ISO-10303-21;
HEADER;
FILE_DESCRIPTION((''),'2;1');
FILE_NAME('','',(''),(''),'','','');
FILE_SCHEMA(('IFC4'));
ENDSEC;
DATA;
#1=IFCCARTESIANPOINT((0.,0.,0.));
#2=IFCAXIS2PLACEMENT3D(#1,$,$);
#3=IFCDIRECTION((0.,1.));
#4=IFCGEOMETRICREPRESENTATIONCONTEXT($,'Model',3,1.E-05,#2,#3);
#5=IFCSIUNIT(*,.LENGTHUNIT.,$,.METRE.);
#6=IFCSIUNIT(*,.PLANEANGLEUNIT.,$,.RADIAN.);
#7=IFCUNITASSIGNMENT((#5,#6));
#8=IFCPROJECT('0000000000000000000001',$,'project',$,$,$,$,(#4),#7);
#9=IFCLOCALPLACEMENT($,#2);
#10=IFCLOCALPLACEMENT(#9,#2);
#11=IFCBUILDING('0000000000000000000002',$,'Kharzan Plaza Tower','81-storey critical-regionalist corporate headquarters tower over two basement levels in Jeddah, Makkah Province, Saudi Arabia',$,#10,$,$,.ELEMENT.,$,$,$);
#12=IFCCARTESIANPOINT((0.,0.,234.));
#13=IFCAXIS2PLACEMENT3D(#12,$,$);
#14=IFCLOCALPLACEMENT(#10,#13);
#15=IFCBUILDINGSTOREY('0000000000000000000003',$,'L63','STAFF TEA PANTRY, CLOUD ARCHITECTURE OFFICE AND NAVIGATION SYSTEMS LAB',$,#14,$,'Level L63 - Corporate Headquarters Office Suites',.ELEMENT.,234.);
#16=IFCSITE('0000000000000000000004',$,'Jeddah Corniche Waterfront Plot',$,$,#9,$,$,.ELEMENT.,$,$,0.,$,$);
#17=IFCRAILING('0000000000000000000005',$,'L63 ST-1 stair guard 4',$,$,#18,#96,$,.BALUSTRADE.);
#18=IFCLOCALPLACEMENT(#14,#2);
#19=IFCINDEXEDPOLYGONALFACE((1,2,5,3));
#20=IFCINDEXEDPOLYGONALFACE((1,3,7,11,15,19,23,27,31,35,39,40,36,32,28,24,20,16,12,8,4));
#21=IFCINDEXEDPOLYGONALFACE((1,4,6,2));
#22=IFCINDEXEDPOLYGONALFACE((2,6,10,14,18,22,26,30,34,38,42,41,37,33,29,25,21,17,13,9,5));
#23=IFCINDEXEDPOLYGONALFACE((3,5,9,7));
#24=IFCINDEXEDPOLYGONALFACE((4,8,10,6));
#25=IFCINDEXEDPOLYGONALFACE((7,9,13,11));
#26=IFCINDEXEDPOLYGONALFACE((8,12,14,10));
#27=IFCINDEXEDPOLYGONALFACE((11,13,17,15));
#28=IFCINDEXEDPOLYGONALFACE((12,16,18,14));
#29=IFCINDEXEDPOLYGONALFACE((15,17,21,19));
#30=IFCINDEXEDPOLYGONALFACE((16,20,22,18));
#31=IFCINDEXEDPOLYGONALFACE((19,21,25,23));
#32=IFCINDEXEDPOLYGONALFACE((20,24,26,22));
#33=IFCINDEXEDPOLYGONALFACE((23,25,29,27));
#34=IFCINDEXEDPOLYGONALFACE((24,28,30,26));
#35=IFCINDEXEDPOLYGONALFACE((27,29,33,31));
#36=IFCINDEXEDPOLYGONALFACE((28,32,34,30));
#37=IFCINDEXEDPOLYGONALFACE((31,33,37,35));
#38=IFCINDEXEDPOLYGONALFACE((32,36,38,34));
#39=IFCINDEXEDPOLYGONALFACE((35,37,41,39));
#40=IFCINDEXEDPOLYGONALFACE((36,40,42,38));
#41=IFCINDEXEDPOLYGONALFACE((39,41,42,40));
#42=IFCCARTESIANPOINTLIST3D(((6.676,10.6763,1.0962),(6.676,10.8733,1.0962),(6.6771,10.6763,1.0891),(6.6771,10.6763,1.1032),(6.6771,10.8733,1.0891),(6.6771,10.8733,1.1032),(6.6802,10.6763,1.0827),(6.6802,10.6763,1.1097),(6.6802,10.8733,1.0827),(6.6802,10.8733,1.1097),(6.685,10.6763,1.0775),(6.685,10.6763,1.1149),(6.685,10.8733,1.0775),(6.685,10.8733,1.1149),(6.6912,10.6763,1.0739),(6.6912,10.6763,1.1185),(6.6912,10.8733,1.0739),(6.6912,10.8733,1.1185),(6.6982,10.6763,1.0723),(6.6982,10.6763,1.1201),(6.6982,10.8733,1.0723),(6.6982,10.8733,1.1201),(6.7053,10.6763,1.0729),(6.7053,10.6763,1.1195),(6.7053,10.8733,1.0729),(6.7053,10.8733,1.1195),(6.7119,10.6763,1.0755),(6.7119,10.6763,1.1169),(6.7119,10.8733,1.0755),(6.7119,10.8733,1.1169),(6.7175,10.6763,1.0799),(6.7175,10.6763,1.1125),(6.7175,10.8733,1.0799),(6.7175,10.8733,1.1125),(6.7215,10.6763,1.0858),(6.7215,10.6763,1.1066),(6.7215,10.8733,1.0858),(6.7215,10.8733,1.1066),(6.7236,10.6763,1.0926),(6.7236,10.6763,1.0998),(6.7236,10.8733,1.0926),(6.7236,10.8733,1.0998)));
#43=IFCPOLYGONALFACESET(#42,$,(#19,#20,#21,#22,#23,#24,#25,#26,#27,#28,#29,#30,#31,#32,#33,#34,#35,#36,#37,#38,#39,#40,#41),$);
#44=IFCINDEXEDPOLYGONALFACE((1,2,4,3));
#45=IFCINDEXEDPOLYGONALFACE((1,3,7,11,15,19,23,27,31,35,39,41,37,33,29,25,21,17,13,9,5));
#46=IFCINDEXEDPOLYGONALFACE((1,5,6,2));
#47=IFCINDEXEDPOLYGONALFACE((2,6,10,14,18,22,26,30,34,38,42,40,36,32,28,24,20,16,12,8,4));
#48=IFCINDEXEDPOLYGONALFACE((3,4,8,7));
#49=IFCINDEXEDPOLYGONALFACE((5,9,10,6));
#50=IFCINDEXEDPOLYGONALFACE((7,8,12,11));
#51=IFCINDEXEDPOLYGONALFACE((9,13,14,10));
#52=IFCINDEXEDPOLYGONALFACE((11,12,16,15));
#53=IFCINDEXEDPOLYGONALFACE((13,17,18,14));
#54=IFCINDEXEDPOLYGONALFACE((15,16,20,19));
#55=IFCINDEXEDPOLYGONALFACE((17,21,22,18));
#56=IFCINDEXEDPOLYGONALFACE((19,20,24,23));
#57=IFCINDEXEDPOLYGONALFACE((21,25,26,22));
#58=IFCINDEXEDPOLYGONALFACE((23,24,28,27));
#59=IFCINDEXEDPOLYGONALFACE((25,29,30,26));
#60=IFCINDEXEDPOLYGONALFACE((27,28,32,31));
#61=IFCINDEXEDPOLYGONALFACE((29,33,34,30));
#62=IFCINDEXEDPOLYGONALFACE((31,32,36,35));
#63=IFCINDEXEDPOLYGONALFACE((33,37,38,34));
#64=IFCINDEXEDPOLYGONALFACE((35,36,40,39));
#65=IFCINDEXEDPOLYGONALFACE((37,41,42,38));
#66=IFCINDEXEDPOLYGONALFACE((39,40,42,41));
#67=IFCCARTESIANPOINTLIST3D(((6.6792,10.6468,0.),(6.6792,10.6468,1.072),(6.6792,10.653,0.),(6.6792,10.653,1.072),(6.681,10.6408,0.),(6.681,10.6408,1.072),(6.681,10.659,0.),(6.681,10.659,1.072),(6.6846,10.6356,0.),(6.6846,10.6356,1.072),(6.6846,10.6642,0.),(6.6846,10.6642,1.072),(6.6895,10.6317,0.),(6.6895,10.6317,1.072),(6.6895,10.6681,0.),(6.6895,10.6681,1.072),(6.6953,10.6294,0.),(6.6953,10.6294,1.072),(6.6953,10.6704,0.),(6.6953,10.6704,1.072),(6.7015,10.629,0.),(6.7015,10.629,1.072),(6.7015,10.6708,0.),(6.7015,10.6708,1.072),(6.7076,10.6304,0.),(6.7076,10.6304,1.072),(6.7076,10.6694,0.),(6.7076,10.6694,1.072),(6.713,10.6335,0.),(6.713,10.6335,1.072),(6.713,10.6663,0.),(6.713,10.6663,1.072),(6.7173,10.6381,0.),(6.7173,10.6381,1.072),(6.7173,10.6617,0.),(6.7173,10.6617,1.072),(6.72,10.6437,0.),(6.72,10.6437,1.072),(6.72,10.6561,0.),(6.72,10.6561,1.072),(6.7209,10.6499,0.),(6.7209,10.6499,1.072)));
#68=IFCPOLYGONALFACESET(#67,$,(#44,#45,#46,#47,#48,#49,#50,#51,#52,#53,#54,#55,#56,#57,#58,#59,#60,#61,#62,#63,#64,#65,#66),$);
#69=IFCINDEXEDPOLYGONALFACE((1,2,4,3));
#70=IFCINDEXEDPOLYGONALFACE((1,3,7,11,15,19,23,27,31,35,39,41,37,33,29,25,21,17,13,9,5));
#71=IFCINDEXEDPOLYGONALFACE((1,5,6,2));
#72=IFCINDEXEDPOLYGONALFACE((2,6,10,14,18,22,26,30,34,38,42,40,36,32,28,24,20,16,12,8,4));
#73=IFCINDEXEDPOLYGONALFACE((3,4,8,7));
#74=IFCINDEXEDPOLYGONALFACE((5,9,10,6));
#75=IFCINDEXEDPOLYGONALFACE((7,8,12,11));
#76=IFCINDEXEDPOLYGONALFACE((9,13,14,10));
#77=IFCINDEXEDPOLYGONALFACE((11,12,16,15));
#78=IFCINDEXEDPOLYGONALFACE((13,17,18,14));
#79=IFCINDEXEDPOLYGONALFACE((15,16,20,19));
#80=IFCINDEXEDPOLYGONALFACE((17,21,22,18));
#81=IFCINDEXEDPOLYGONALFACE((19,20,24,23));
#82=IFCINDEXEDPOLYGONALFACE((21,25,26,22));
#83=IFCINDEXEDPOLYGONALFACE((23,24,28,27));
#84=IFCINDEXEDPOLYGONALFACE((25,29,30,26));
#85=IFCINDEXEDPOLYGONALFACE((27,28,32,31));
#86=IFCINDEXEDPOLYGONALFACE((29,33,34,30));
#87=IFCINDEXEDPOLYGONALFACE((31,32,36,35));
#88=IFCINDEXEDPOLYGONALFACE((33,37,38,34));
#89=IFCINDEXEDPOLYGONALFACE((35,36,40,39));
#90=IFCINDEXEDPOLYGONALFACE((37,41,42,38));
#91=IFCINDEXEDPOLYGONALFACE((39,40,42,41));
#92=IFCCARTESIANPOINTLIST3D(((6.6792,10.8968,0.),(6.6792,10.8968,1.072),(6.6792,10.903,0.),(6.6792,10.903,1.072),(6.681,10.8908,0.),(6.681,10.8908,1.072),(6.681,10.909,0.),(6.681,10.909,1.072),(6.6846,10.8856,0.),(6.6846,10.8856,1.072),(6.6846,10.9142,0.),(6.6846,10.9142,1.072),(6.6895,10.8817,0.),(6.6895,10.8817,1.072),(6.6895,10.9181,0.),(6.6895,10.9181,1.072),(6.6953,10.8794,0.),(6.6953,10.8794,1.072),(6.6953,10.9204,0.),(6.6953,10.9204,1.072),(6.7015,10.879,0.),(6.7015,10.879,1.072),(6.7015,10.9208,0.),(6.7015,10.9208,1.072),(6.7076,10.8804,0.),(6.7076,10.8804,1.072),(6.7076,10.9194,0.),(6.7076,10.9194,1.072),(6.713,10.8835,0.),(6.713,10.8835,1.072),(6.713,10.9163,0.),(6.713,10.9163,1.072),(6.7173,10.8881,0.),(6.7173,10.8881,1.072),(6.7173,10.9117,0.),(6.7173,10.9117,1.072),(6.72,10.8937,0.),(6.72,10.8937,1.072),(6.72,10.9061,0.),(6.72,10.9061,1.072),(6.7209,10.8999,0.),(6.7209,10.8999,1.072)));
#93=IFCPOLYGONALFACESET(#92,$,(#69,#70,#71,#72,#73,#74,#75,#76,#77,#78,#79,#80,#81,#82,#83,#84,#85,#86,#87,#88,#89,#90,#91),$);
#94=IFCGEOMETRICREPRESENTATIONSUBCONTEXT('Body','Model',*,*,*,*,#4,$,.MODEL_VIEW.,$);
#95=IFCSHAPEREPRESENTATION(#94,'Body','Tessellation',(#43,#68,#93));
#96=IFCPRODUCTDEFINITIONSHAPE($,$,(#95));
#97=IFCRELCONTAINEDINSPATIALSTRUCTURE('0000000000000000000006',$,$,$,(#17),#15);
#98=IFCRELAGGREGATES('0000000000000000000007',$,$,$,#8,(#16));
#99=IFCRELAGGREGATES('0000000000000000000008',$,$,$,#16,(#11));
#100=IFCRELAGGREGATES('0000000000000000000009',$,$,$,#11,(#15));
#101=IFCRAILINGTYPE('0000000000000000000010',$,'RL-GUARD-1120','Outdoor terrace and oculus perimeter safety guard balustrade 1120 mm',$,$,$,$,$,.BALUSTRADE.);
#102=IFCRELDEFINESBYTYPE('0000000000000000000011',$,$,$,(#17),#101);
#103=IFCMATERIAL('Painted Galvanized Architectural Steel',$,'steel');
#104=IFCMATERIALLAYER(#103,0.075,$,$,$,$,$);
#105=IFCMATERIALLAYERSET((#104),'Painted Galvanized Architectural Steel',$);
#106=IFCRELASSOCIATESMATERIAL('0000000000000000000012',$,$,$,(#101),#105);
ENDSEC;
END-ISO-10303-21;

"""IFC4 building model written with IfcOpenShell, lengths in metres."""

from ifc_helpers import new_model, si_unit, direction, frame, origin, origin_2d, place, context, subcontext, project, spatial, circle, extrude, source, transform, mapped, material, layer, layer_set, type_object, element, save


model = new_model("IFC4")

# Units and contexts
model_context = context("Model", 3, precision=1e-05, world=origin(), true_north=direction((0.0, 1.0)))
body_context = subcontext(model_context, "Body", "Model", "MODEL_VIEW")
ifc_project = project(units=[si_unit("LENGTHUNIT", "METRE"), si_unit("PLANEANGLEUNIT", "RADIAN")], contexts=[model_context])

# Site, building, storey
site_placement = place(None, origin())
site = spatial("IfcSite", under=ifc_project, at=site_placement, Name="Jeddah Corniche Waterfront Plot", CompositionType="ELEMENT", RefElevation=0.0)
building_placement = place(site_placement, origin())
building = spatial("IfcBuilding", under=site, at=building_placement, Name="Kharzan Plaza Tower", Description="81-storey critical-regionalist corporate headquarters tower over two basement levels in Jeddah, Makkah Province, Saudi Arabia", CompositionType="ELEMENT")
storey_placement = place(building_placement, frame((0.0, 0.0, 234.0)))
storey = spatial("IfcBuildingStorey", under=building, at=storey_placement, Name="L63", Description="STAFF TEA PANTRY, CLOUD ARCHITECTURE OFFICE AND NAVIGATION SYSTEMS LAB", LongName="Level L63 - Corporate Headquarters Office Suites", CompositionType="ELEMENT", Elevation=234.0)

# Railing
ifc_material_1 = material(Name="Painted Galvanized Architectural Steel", Category="steel")
ifc_layer_1 = layer(ifc_material_1, 0.075)
ifc_layer_set_1 = layer_set([ifc_layer_1], Name="Painted Galvanized Architectural Steel")
railing_type_1 = type_object("IfcRailingType", Name="RL-GUARD-1120", Description="Outdoor terrace and oculus perimeter safety guard balustrade 1120 mm", PredefinedType="BALUSTRADE", material=ifc_layer_set_1)
shared_shape_1 = source(origin(), body_context, "Body", "SweptSolid", [
    extrude(circle(Radius=0.0239, at=origin_2d()), frame((0.0, 0.0264, 1.0962), z_axis=(0.0, 1.0, 0.0), x_axis=(-1.0, 0.0, 0.0)), (0.0, 0.0, 1.0), 0.197),
    extrude(circle(Radius=0.021, at=origin_2d()), origin(), (0.0, 0.0, 1.0), 1.072),
    extrude(circle(Radius=0.021, at=origin_2d()), frame((0.0, 0.25, 0.0)), (0.0, 0.0, 1.0), 1.072),
])
railing_1_placement = place(storey_placement, frame((6.7, 10.6499, 0.0)))
element("IfcRailing", 1, at=railing_1_placement, inside=storey, type_object=railing_type_1, Name="L63 ST-1 stair guard 4", PredefinedType="BALUSTRADE", context=body_context, shape_type="MappedRepresentation", body=[
    mapped(shared_shape_1, transform((0.0, 0.0, 0.0), x_axis=(1.0, 0.0, 0.0), y_axis=(0.0, 1.0, 0.0), z_axis=(0.0, 0.0, 1.0))),
])

save(model, "model.ifc")
